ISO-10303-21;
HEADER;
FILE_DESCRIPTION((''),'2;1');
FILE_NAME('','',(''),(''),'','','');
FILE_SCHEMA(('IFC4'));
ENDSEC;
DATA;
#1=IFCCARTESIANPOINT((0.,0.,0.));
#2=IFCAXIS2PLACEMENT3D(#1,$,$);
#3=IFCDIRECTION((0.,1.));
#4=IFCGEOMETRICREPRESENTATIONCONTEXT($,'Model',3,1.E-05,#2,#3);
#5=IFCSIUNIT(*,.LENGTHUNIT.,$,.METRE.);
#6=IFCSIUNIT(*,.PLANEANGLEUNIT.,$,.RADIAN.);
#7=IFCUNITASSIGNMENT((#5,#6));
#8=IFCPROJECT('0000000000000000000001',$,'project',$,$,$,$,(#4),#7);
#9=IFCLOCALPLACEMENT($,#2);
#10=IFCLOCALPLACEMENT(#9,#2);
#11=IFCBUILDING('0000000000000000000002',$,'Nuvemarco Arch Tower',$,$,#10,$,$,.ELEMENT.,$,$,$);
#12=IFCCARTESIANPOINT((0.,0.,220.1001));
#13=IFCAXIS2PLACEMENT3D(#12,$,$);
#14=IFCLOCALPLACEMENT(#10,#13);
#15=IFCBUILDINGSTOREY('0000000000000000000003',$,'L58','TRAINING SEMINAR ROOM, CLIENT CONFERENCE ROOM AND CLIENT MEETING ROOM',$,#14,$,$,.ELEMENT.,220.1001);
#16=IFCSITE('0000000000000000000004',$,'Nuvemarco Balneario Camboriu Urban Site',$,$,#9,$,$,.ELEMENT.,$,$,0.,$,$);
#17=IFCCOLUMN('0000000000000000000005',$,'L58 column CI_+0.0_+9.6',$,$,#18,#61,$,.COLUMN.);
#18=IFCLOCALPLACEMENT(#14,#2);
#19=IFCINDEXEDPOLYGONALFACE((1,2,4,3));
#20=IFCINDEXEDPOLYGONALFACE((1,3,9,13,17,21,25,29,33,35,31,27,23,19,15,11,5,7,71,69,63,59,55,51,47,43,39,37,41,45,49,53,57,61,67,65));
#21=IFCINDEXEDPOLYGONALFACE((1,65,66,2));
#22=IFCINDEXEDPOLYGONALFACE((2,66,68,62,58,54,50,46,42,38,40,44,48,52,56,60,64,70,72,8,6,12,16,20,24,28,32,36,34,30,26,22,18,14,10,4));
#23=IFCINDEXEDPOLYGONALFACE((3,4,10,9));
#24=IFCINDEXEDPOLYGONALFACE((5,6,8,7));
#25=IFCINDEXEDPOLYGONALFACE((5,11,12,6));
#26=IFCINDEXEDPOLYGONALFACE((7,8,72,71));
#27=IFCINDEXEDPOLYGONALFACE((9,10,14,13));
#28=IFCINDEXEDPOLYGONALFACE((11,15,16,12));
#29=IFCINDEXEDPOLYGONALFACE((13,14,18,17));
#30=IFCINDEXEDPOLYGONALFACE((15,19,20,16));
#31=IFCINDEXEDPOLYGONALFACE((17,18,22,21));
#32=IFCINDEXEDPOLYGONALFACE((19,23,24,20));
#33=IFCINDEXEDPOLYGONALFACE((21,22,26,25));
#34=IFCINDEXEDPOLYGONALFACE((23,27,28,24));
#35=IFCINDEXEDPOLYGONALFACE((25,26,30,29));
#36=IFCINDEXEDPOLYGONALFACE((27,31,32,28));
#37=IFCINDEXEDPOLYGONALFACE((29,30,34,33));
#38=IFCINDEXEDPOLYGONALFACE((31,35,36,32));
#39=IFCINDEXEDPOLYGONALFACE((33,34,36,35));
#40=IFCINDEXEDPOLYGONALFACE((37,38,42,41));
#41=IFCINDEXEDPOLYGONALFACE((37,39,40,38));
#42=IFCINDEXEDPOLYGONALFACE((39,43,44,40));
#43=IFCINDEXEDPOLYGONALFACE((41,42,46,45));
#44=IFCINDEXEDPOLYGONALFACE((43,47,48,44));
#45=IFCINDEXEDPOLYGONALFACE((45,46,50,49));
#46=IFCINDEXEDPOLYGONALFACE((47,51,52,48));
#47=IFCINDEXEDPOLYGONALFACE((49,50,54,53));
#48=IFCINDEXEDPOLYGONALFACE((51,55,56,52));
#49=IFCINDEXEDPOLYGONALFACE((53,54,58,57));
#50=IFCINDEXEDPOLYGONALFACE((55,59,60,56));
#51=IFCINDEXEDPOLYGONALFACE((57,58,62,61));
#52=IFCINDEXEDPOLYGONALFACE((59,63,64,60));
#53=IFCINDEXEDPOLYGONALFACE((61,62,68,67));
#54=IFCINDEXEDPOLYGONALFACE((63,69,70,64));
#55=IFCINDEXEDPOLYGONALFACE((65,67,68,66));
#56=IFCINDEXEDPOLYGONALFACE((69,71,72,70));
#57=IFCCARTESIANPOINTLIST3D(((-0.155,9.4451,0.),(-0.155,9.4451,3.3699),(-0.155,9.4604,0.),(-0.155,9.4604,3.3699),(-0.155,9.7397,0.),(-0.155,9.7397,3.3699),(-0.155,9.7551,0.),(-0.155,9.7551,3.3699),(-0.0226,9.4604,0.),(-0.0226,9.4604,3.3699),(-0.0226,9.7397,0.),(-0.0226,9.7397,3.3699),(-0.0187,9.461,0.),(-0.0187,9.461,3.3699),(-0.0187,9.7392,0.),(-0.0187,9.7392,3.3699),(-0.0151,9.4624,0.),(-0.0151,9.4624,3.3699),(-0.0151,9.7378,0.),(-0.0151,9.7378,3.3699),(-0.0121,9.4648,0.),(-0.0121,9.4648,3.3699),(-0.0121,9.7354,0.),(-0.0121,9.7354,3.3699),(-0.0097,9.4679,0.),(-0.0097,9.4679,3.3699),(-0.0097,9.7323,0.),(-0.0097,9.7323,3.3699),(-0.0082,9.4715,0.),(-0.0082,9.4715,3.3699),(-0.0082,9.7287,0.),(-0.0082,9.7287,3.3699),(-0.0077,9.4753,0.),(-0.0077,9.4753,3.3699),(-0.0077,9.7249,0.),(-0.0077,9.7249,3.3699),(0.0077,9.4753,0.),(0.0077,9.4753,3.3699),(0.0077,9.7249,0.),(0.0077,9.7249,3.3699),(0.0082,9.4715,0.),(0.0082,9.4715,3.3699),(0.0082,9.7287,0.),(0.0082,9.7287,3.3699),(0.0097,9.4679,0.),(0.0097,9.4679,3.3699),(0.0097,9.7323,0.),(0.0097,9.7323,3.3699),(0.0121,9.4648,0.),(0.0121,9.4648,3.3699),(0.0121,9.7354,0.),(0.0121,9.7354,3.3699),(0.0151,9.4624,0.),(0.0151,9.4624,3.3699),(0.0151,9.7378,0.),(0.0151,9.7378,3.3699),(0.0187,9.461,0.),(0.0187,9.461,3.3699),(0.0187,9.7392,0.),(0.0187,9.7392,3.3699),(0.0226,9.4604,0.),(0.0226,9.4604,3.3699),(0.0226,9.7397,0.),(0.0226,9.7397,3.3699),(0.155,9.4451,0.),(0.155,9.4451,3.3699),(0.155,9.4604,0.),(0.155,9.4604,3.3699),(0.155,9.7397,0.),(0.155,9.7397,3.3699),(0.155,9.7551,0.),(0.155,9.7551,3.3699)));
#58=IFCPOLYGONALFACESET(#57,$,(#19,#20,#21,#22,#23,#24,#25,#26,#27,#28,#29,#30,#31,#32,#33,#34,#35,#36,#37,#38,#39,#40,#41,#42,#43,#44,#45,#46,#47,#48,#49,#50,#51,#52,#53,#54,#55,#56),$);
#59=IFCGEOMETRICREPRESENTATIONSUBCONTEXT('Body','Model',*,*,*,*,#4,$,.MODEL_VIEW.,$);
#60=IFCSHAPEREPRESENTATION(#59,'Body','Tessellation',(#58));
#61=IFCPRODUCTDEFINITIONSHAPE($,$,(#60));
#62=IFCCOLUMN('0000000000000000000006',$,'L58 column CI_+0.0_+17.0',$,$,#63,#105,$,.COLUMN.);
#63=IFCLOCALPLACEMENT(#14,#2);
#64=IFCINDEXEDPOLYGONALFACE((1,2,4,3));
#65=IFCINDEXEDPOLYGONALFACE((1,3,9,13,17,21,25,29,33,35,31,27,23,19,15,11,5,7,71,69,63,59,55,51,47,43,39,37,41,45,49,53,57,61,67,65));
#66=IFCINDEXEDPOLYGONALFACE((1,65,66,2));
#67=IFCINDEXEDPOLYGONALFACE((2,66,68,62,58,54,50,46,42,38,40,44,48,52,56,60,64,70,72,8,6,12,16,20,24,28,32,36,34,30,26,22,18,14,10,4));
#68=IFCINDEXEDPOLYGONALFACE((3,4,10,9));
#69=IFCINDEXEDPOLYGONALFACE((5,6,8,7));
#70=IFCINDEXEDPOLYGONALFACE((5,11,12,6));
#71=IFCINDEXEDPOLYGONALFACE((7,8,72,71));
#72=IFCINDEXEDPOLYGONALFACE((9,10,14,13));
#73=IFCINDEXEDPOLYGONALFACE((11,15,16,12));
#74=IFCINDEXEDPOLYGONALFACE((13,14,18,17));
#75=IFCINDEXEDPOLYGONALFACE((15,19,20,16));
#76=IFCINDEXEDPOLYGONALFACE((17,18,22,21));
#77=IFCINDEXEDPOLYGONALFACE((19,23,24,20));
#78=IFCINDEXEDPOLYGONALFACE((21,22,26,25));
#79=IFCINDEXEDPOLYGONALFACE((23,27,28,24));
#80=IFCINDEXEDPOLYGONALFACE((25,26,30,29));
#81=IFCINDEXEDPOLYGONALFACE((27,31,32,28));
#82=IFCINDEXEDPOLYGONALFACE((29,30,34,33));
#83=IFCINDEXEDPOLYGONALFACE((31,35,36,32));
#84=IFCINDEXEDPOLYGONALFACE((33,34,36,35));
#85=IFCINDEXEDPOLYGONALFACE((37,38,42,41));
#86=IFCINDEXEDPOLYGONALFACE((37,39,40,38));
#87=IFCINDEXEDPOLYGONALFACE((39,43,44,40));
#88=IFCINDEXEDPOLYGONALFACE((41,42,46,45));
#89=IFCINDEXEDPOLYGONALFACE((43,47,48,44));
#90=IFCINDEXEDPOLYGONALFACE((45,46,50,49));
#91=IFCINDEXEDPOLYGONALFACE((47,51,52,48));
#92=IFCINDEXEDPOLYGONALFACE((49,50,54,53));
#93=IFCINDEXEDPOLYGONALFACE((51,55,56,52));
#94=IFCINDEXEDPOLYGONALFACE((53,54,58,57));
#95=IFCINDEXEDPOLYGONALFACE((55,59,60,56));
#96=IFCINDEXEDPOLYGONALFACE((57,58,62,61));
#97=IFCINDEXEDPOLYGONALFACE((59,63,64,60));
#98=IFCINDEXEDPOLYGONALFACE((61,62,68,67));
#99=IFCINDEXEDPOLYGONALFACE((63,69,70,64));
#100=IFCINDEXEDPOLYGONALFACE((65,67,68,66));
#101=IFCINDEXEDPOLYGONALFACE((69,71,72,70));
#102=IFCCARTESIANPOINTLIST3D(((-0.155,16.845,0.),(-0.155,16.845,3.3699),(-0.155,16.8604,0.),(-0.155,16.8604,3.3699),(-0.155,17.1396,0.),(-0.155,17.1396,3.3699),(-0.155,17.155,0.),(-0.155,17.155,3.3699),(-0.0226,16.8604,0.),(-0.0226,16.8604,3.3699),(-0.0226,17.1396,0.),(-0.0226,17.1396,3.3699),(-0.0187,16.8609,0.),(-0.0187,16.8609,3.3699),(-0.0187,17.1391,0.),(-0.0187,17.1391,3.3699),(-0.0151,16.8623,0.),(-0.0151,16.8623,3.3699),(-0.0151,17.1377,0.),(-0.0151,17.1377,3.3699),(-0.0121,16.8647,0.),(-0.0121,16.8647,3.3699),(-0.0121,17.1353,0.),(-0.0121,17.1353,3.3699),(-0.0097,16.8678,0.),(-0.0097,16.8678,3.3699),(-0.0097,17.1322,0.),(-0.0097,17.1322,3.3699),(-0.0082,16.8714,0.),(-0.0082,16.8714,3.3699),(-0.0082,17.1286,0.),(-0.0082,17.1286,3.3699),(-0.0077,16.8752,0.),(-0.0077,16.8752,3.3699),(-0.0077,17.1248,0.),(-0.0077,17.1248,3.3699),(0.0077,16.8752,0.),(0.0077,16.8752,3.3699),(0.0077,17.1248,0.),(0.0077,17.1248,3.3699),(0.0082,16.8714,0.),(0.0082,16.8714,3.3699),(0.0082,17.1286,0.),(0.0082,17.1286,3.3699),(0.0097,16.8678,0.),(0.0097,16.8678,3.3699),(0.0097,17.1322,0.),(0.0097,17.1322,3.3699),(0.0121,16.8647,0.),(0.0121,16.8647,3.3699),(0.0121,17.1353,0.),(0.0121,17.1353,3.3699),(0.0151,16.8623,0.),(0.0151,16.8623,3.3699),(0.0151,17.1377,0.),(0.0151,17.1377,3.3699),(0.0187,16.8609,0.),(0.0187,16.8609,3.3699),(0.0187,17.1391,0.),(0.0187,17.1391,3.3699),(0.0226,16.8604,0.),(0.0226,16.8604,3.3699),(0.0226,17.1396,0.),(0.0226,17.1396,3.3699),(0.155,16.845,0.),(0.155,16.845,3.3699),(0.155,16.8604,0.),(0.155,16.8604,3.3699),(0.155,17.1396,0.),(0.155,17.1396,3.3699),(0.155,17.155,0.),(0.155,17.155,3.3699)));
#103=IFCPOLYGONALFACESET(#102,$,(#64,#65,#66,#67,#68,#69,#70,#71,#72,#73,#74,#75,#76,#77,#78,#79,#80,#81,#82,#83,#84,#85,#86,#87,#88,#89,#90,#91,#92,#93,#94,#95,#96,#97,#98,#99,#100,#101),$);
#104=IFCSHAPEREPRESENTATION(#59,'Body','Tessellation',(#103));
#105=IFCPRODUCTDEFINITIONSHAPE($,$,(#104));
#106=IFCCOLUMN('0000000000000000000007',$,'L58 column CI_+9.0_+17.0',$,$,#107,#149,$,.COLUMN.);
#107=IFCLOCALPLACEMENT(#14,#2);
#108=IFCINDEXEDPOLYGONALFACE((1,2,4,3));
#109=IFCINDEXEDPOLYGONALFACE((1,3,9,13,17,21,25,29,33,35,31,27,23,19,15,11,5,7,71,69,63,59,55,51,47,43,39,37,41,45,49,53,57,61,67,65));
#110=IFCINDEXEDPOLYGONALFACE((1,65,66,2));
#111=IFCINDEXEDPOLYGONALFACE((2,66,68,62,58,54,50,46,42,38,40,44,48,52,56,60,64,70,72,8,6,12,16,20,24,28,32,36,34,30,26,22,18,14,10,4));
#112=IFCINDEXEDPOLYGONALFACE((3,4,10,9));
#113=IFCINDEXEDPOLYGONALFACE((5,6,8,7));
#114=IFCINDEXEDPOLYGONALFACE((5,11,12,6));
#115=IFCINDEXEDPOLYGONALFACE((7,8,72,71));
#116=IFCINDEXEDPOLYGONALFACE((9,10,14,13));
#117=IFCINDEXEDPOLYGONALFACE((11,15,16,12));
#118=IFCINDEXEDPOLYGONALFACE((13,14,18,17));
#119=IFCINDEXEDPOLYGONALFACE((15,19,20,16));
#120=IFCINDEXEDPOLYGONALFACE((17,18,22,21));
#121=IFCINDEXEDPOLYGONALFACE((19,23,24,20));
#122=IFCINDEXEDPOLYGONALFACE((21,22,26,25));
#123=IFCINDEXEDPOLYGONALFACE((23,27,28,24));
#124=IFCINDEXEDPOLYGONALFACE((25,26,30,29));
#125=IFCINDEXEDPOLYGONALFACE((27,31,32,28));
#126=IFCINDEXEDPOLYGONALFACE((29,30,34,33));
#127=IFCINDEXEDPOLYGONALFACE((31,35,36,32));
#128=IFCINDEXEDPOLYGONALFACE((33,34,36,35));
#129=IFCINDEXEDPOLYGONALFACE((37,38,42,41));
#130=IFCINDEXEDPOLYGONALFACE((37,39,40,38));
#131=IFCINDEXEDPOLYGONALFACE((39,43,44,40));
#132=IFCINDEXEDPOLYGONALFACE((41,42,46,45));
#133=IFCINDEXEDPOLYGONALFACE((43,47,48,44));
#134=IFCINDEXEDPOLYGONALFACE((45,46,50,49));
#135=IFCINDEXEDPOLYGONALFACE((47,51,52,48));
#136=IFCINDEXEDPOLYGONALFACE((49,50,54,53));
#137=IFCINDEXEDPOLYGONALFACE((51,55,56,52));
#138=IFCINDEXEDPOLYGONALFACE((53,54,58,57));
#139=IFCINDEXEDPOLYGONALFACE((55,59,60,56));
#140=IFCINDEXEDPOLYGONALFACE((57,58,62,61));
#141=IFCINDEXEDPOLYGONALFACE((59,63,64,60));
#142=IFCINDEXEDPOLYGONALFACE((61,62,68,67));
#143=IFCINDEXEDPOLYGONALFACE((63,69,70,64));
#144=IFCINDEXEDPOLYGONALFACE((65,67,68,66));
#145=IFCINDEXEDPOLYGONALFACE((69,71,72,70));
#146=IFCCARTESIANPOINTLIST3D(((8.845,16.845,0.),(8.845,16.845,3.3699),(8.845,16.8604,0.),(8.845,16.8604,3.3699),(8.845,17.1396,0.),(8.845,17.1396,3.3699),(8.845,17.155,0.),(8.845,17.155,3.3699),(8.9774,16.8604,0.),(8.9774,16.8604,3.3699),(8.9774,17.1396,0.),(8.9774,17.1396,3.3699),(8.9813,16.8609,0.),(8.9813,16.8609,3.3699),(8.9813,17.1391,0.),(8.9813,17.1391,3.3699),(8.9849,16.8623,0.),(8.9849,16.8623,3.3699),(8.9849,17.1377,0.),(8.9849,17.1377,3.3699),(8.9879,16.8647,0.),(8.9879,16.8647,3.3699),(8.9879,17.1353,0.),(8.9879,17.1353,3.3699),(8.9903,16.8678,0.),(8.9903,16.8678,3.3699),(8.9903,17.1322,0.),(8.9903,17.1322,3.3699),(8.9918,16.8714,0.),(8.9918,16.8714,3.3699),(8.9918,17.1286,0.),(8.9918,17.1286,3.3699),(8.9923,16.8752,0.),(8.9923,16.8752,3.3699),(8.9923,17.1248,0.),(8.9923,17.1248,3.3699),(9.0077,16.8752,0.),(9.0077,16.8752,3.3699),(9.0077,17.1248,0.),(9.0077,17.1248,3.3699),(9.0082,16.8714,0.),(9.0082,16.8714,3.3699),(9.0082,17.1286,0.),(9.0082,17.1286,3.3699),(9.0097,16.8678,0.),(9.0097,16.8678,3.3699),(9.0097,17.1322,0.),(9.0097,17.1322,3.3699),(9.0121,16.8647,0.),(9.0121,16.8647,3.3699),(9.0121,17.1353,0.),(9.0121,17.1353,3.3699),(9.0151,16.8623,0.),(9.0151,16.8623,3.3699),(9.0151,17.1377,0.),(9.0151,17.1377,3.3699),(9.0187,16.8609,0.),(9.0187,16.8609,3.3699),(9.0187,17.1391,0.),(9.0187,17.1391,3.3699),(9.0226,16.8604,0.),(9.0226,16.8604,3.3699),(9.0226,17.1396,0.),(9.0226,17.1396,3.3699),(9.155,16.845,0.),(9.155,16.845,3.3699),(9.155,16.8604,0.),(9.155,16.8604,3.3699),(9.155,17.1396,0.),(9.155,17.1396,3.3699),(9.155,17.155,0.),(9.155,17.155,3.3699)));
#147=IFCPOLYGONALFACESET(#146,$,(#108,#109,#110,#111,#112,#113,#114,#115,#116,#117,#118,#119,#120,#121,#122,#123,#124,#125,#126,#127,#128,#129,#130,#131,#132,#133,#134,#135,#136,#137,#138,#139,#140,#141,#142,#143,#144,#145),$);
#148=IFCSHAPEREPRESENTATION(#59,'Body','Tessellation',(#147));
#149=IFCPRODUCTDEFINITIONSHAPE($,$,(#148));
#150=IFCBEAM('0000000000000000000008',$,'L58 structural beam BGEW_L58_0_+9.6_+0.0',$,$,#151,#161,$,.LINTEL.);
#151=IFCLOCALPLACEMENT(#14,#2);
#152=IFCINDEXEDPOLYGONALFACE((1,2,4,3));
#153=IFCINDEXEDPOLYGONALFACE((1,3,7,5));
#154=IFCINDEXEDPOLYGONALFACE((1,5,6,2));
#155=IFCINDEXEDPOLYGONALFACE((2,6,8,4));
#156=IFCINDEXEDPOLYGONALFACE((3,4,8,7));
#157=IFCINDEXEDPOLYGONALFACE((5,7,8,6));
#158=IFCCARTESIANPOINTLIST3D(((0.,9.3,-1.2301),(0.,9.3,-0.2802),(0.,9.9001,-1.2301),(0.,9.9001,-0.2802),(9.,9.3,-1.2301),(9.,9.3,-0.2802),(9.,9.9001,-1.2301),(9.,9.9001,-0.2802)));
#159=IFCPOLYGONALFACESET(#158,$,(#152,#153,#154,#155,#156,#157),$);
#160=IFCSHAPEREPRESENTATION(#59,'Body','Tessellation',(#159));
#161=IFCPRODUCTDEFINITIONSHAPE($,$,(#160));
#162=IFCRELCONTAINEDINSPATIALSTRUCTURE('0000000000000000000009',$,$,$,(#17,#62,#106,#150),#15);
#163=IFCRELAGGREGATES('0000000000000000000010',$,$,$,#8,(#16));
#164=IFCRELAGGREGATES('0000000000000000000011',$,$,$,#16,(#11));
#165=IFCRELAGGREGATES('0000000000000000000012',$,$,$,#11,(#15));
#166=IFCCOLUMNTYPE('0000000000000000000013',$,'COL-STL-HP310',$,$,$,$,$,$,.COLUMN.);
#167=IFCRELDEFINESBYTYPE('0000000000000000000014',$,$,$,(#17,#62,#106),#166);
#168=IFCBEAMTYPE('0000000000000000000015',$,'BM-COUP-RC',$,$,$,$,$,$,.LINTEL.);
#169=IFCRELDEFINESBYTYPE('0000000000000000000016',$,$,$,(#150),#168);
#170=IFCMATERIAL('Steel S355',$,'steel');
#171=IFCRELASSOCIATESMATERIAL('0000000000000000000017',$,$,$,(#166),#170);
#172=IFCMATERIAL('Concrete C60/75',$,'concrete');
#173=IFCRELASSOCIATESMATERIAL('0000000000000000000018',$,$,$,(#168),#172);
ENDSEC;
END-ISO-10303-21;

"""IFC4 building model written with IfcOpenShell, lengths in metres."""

from ifc_helpers import new_model, si_unit, direction, frame, origin, origin_2d, place, context, subcontext, project, spatial, rectangle, i_section, extrude, material, material_profile, profile_set, type_object, element, save


model = new_model("IFC4")

# Units and contexts
model_context = context("Model", 3, precision=1e-05, world=origin(), true_north=direction((0.0, 1.0)))
body_context = subcontext(model_context, "Body", "Model", "MODEL_VIEW")
ifc_project = project(units=[si_unit("LENGTHUNIT", "METRE"), si_unit("PLANEANGLEUNIT", "RADIAN")], contexts=[model_context])

# Site, building, storey
site_placement = place(None, origin())
site = spatial("IfcSite", under=ifc_project, at=site_placement, Name="Nuvemarco Balneario Camboriu Urban Site", CompositionType="ELEMENT", RefElevation=0.0)
building_placement = place(site_placement, origin())
building = spatial("IfcBuilding", under=site, at=building_placement, Name="Nuvemarco Arch Tower", CompositionType="ELEMENT")
storey_placement = place(building_placement, frame((0.0, 0.0, 220.1001)))
storey = spatial("IfcBuildingStorey", under=building, at=storey_placement, Name="L58", Description="TRAINING SEMINAR ROOM, CLIENT CONFERENCE ROOM AND CLIENT MEETING ROOM", CompositionType="ELEMENT", Elevation=220.1001)

# Columns
ifc_material_1 = material(Name="Steel S355", Category="steel")
ifc_material_profile_1 = material_profile(ifc_material_1, i_section(OverallWidth=0.3101, OverallDepth=0.3101, WebThickness=0.0154, FlangeThickness=0.0154, FilletRadius=0.0149, at=origin_2d()), Name="HP310x110")
ifc_profile_set_1 = profile_set([ifc_material_profile_1], Name="Steel S355")
column_type_1 = type_object("IfcColumnType", Name="COL-STL-HP310", PredefinedType="COLUMN", material=ifc_profile_set_1)
for number, where, z_axis, x_axis, name in (
    (1, (0.0, 9.6001, 0.0), (0.0, 0.0, 1.0), (1.0, 0.0, 0.0), "L58 column CI_+0.0_+9.6"),
    (2, (0.0, 17.0, 0.0), (0.0, 0.0, 1.0), (1.0, 0.0, 0.0), "L58 column CI_+0.0_+17.0"),
    (3, (9.0, 17.0, 0.0), (0.0, 0.0, 1.0), (1.0, 0.0, 0.0), "L58 column CI_+9.0_+17.0"),
):
    element("IfcColumn", number, at=place(storey_placement, frame(where, z_axis=z_axis, x_axis=x_axis)), inside=storey, type_object=column_type_1, Name=name, PredefinedType="COLUMN", context=body_context, shape_type="SweptSolid", body=[
        extrude(i_section(OverallWidth=0.3101, OverallDepth=0.3101, WebThickness=0.0154, FlangeThickness=0.0154, FilletRadius=0.0149, at=origin_2d()), origin(), (0.0, 0.0, 1.0), 3.3699),
    ])

# Beam
ifc_material_2 = material(Name="Concrete C60/75", Category="concrete")
ifc_material_profile_2 = material_profile(ifc_material_2, rectangle(XDim=0.6001, YDim=0.95, at=origin_2d()), Name="RC-BM-600x950")
ifc_profile_set_2 = profile_set([ifc_material_profile_2], Name="Concrete C60/75")
beam_type_1 = type_object("IfcBeamType", Name="BM-COUP-RC", PredefinedType="LINTEL", material=ifc_profile_set_2)
beam_1_placement = place(storey_placement, frame((0.0, 9.6001, -0.7551), z_axis=(1.0, 0.0, 0.0), x_axis=(0.0, 1.0, 0.0)))
element("IfcBeam", 4, at=beam_1_placement, inside=storey, type_object=beam_type_1, Name="L58 structural beam BGEW_L58_0_+9.6_+0.0", PredefinedType="LINTEL", context=body_context, shape_type="SweptSolid", body=[
    extrude(rectangle(XDim=0.6001, YDim=0.95, at=origin_2d()), origin(), (0.0, 0.0, 1.0), 9.0),
])

save(model, "model.ifc")
